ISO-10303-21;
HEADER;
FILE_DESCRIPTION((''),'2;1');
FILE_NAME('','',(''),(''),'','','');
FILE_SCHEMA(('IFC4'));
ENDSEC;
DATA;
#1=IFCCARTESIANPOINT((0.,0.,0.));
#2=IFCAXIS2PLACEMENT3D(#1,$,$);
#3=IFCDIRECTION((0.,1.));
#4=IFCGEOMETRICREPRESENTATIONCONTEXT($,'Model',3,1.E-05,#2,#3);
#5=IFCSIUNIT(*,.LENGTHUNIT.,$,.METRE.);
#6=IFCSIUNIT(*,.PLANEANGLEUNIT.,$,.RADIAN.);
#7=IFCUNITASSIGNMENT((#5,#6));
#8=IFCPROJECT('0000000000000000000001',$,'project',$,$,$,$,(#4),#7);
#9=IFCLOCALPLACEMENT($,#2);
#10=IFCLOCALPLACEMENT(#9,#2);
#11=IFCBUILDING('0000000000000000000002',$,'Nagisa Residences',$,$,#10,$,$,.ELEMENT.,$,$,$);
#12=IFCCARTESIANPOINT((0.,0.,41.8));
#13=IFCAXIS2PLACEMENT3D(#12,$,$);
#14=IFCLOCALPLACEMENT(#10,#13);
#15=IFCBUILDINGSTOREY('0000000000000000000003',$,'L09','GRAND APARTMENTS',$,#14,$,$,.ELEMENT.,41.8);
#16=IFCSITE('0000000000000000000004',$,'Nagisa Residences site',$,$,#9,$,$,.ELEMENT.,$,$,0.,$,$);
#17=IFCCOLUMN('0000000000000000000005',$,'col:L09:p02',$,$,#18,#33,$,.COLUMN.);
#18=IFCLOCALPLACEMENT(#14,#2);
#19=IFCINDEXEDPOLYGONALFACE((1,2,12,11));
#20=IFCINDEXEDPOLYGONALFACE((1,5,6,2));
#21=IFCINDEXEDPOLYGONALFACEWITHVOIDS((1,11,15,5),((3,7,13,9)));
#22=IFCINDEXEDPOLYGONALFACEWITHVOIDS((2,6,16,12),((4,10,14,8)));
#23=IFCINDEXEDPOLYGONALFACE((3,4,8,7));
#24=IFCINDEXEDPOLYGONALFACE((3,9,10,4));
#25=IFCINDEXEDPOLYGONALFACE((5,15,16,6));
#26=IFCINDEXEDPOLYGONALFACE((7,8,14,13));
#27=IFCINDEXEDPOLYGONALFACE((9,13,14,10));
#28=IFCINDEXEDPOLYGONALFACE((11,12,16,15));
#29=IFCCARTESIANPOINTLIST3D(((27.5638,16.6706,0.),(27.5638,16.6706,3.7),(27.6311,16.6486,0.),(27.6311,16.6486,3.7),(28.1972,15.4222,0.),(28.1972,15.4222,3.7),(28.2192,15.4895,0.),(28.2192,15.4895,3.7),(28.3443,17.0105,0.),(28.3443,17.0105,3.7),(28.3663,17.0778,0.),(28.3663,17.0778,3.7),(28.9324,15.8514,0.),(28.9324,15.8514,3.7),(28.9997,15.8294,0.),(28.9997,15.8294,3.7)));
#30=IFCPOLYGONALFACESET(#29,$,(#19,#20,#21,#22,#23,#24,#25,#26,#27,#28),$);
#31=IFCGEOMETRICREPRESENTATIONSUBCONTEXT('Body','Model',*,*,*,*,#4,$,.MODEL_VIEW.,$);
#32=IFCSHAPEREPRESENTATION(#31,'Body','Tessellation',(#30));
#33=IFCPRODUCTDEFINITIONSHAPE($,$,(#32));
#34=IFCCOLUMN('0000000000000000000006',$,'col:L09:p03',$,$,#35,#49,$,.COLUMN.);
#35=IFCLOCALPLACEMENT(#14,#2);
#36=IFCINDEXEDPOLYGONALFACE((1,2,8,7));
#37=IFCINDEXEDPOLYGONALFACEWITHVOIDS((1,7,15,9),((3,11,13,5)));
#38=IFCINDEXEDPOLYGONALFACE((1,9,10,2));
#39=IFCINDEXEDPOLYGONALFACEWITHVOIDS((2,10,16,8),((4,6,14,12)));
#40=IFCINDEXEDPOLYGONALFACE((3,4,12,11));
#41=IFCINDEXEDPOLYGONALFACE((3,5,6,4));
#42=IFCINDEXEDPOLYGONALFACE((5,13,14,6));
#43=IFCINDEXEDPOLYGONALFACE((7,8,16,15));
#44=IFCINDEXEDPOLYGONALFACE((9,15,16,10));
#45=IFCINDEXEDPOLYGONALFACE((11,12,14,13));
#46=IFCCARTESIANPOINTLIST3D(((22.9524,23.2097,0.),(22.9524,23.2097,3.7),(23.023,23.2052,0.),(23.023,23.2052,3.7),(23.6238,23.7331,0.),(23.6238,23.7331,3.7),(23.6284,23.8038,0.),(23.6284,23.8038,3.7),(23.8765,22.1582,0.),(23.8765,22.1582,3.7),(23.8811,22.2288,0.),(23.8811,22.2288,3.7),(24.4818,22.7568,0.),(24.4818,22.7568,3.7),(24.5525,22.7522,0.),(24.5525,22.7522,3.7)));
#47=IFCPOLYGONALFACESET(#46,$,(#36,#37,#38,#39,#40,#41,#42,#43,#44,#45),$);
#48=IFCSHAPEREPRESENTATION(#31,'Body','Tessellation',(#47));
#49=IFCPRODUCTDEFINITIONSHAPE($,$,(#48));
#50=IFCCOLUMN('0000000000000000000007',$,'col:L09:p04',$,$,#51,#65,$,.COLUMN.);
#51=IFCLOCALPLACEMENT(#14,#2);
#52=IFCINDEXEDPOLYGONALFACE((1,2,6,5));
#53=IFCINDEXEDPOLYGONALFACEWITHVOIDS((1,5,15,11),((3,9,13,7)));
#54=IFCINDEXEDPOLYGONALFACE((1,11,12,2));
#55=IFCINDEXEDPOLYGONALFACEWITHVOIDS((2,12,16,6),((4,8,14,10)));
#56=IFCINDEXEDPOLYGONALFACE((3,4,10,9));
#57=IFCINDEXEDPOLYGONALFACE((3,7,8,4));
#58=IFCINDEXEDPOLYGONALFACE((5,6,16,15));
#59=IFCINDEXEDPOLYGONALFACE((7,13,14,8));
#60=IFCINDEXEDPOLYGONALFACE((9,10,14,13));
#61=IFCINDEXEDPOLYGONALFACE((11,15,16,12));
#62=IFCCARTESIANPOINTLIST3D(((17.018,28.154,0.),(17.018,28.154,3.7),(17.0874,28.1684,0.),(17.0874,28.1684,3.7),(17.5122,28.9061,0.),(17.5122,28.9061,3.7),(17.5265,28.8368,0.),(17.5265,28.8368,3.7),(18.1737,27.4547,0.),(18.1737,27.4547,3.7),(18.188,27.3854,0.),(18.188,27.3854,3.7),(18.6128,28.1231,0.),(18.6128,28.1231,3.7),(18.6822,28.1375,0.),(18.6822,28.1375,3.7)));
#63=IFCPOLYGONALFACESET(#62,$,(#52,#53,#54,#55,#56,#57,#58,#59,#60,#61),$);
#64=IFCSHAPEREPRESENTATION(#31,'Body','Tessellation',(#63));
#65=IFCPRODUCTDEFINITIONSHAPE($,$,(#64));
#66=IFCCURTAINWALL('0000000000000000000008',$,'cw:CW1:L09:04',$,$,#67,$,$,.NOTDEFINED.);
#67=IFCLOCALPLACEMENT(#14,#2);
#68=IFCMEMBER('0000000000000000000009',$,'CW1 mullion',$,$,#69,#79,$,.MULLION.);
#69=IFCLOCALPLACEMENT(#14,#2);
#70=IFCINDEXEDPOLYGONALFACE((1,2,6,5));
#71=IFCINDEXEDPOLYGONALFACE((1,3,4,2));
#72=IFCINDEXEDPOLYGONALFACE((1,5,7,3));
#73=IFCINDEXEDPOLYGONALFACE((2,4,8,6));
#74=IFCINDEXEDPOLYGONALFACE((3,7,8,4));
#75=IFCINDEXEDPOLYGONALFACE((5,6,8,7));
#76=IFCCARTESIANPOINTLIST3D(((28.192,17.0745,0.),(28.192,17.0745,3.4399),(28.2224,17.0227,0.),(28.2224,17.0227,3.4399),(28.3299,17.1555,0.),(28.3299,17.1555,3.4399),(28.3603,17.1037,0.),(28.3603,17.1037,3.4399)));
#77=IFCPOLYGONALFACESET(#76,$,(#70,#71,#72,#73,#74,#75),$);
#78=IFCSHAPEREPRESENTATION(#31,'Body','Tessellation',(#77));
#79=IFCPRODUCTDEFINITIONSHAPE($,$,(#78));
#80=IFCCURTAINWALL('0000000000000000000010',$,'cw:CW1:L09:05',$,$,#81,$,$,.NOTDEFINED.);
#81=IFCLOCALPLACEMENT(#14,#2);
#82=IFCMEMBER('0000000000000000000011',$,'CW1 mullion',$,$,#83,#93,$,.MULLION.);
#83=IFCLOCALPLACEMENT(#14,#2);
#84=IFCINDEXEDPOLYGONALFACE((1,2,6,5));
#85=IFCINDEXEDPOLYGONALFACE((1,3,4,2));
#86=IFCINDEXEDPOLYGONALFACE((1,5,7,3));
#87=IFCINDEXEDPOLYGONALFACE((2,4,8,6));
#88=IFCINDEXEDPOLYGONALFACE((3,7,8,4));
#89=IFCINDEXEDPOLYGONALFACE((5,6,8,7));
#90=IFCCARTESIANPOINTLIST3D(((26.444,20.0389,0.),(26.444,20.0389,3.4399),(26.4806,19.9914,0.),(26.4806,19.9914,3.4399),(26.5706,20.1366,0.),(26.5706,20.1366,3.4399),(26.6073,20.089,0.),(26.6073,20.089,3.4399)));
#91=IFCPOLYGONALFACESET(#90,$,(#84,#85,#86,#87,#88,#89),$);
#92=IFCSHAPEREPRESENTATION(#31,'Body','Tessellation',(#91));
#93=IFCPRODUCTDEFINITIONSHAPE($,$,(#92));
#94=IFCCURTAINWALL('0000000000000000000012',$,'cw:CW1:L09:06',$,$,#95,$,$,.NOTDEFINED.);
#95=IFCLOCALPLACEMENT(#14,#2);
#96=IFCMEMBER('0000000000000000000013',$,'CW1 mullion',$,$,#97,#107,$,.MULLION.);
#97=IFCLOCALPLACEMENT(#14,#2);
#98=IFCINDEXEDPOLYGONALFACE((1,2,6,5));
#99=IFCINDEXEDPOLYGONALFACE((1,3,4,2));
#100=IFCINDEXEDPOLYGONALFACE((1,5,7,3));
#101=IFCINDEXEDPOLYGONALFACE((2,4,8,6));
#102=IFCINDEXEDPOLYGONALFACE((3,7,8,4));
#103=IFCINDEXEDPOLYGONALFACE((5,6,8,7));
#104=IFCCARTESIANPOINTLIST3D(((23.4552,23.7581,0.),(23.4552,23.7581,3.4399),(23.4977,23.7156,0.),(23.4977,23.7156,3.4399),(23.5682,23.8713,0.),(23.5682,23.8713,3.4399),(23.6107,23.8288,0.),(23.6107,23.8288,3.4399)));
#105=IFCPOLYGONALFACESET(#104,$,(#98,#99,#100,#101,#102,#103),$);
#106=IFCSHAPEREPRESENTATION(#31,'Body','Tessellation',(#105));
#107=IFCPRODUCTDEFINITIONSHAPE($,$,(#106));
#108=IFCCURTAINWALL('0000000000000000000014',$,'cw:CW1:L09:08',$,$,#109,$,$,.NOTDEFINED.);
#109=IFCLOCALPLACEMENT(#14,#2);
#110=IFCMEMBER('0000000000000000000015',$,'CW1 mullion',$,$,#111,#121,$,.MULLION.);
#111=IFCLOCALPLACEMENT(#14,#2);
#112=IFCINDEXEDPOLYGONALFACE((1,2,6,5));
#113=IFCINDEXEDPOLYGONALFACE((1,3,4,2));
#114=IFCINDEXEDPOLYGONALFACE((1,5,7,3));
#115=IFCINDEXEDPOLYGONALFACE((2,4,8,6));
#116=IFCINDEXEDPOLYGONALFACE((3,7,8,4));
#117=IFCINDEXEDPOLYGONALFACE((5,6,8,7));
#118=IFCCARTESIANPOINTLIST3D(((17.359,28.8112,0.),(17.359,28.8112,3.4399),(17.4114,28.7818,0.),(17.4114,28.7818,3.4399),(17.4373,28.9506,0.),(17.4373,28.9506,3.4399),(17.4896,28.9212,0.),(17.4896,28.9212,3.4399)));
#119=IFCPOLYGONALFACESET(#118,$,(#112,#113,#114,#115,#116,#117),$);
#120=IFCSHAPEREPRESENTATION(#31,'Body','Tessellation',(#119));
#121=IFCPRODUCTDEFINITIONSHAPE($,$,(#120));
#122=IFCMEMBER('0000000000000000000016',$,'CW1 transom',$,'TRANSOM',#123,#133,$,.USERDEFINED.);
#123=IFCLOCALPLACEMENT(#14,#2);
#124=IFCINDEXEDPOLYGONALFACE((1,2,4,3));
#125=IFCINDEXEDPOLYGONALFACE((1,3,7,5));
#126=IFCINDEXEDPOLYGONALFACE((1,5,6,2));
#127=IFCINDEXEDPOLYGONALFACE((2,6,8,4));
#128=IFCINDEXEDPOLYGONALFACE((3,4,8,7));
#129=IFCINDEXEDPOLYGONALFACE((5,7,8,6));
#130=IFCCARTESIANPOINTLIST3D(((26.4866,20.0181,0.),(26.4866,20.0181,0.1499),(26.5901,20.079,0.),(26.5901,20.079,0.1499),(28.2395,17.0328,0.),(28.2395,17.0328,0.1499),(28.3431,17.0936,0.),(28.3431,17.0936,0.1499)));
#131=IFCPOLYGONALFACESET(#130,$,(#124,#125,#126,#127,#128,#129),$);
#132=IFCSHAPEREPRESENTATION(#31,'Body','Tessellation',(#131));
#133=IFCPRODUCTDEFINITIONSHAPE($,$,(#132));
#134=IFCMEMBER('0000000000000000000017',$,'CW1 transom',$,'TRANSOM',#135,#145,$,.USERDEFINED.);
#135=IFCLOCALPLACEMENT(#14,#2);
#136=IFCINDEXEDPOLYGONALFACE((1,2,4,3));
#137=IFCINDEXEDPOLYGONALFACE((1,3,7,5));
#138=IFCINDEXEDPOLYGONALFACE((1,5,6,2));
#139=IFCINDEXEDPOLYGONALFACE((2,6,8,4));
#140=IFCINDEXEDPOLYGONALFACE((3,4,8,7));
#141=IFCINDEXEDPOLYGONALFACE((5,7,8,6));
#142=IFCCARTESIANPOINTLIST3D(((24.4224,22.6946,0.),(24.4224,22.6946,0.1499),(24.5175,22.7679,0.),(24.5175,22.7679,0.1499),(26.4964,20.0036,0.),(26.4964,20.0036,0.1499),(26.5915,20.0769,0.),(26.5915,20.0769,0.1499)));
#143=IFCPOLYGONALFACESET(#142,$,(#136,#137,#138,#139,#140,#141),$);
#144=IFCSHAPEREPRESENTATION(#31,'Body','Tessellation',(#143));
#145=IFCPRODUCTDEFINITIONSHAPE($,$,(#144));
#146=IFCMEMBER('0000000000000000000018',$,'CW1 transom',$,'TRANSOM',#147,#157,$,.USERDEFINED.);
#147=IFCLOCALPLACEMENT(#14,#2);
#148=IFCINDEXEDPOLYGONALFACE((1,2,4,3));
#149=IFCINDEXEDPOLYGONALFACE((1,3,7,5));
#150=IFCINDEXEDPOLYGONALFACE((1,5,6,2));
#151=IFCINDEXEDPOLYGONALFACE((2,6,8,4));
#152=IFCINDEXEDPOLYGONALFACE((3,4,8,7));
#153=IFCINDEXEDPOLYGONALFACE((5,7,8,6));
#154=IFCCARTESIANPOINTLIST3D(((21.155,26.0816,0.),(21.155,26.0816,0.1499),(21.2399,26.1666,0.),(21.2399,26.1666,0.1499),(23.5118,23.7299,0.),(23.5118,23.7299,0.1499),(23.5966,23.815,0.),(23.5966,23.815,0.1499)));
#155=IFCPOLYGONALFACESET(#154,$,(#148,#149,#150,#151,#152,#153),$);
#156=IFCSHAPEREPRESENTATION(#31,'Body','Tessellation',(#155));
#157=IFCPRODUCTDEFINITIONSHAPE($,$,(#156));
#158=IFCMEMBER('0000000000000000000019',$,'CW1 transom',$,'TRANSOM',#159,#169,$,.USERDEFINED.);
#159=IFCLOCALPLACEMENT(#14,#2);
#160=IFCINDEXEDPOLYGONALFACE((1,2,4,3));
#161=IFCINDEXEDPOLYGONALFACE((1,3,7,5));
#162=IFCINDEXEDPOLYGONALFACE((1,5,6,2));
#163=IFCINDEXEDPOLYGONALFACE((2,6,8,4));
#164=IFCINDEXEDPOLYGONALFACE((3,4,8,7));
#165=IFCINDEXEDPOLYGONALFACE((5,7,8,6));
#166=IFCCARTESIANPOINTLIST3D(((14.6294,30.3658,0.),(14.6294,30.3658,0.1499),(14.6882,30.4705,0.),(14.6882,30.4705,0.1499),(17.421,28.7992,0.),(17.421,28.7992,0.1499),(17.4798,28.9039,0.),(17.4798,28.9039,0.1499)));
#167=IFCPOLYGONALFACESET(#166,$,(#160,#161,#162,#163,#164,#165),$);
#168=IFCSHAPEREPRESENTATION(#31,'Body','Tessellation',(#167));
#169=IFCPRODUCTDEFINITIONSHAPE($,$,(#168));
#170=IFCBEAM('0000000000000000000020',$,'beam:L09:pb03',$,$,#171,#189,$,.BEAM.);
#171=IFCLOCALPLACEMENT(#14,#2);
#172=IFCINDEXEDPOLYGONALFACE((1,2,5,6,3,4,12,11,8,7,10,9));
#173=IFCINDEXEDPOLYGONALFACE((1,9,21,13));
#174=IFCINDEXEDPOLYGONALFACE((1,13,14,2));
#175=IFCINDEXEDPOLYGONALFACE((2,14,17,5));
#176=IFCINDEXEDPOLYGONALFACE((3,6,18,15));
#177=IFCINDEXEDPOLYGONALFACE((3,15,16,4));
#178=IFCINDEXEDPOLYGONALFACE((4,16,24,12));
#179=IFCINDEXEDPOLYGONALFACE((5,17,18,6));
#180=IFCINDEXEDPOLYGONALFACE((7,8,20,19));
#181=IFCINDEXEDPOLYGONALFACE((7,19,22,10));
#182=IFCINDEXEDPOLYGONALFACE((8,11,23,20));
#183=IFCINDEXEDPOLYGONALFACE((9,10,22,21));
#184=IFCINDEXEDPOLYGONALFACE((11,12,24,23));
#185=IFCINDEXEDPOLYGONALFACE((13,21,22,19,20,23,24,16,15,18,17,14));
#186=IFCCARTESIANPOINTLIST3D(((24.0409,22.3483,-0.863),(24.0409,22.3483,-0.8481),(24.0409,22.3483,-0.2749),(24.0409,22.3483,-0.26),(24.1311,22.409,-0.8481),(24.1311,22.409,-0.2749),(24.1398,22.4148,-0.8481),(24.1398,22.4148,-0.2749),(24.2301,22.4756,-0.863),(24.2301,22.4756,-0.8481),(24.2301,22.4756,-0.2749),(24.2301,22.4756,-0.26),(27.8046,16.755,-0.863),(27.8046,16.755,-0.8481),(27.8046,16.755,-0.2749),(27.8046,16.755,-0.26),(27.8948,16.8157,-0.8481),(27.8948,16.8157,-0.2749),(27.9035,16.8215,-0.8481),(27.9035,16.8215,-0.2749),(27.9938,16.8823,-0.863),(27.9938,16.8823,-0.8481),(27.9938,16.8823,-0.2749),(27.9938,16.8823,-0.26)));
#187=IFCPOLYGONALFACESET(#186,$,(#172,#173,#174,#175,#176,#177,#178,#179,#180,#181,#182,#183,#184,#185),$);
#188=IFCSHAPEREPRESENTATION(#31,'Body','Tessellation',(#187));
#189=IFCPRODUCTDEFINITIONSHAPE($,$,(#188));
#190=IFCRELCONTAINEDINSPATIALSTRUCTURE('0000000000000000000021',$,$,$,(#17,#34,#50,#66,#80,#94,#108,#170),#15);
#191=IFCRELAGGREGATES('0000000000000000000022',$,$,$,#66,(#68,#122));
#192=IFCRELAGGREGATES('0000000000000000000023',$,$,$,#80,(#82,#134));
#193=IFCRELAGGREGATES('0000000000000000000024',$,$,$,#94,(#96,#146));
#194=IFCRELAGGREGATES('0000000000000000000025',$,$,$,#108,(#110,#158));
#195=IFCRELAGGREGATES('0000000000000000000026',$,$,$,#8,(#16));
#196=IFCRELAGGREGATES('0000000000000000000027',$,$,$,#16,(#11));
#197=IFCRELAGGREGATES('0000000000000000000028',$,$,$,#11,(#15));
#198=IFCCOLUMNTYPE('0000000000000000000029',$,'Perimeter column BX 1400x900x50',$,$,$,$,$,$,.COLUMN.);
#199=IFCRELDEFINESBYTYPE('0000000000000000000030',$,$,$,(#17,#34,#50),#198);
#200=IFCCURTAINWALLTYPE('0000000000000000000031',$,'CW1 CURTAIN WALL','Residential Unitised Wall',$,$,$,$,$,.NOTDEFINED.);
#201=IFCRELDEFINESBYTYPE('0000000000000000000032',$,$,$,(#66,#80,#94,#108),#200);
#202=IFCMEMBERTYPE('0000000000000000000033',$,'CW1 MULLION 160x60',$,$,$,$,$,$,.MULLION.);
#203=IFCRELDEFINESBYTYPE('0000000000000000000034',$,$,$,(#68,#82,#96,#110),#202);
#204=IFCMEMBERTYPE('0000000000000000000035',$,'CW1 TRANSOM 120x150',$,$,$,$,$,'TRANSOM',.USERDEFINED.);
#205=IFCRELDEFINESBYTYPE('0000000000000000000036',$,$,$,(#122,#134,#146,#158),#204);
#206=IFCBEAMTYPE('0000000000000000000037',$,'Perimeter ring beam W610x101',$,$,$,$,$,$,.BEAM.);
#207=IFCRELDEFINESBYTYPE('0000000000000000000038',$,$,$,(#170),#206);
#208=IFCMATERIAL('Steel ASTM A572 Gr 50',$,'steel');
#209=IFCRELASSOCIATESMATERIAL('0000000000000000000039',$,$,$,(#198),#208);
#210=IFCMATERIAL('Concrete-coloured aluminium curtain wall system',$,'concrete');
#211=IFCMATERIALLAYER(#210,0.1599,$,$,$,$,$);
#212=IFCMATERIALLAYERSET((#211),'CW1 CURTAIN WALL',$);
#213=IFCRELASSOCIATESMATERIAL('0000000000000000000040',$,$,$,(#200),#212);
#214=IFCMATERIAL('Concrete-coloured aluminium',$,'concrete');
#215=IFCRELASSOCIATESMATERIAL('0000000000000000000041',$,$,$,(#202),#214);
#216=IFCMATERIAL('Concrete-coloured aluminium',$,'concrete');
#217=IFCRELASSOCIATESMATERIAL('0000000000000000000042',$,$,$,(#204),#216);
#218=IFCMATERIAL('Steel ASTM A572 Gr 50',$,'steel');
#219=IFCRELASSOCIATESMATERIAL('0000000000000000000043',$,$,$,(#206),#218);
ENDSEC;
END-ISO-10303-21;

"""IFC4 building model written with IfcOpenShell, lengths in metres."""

from ifc_helpers import new_model, si_unit, direction, frame, origin, origin_2d, place, context, subcontext, project, spatial, rectangle, hollow_rectangle, i_section, extrude, material, layer, layer_set, material_profile, profile_set, type_object, element, aggregate, save


model = new_model("IFC4")

# Units and contexts
model_context = context("Model", 3, precision=1e-05, world=origin(), true_north=direction((0.0, 1.0)))
body_context = subcontext(model_context, "Body", "Model", "MODEL_VIEW")
ifc_project = project(units=[si_unit("LENGTHUNIT", "METRE"), si_unit("PLANEANGLEUNIT", "RADIAN")], contexts=[model_context])

# Site, building, storey
site_placement = place(None, origin())
site = spatial("IfcSite", under=ifc_project, at=site_placement, Name="Nagisa Residences site", CompositionType="ELEMENT", RefElevation=0.0)
building_placement = place(site_placement, origin())
building = spatial("IfcBuilding", under=site, at=building_placement, Name="Nagisa Residences", CompositionType="ELEMENT")
storey_placement = place(building_placement, frame((0.0, 0.0, 41.8)))
storey = spatial("IfcBuildingStorey", under=building, at=storey_placement, Name="L09", Description="GRAND APARTMENTS", CompositionType="ELEMENT", Elevation=41.8)

# Columns
ifc_material_1 = material(Name="Steel ASTM A572 Gr 50", Category="steel")
ifc_material_profile_1 = material_profile(ifc_material_1, hollow_rectangle(XDim=1.3999, YDim=0.8999, WallThickness=0.05, at=origin_2d()), Name="BX 1400x900x50")
ifc_profile_set_1 = profile_set([ifc_material_profile_1], Name="Steel ASTM A572 Gr 50")
column_type = type_object("IfcColumnType", Name="Perimeter column BX 1400x900x50", PredefinedType="COLUMN", material=ifc_profile_set_1)
for number, where, z_axis, x_axis, name in (
    (1, (28.2817, 16.25, 0.0), (0.0, 0.0, 1.0), (-0.452463, 0.891783, 0.0), "col:L09:p02"),
    (2, (23.7524, 22.981, 0.0), (0.0, 0.0, 1.0), (-0.660115, 0.751165, 0.0), "col:L09:p03"),
    (3, (17.8501, 28.1458, 0.0), (0.0, 0.0, 1.0), (-0.835766, 0.549086, 0.0), "col:L09:p04"),
):
    element("IfcColumn", number, at=place(storey_placement, frame(where, z_axis=z_axis, x_axis=x_axis)), inside=storey, type_object=column_type, Name=name, PredefinedType="COLUMN", context=body_context, shape_type="SweptSolid", body=[
        extrude(hollow_rectangle(XDim=1.3999, YDim=0.8999, WallThickness=0.05, at=origin_2d()), origin(), (0.0, 0.0, 1.0), 3.7),
    ])

# Curtain walls, members
ifc_material_2 = material(Name="Concrete-coloured aluminium curtain wall system", Category="concrete")
ifc_layer_1 = layer(ifc_material_2, 0.1599)
ifc_layer_set_1 = layer_set([ifc_layer_1], Name="CW1 CURTAIN WALL")
curtain_wall_type = type_object("IfcCurtainWallType", Name="CW1 CURTAIN WALL", Description="Residential Unitised Wall", PredefinedType="NOTDEFINED", material=ifc_layer_set_1)
curtain_wall_1_placement = place(storey_placement, origin())
curtain_wall_1 = element("IfcCurtainWall", 4, at=curtain_wall_1_placement, inside=storey, type_object=curtain_wall_type, Name="cw:CW1:L09:04", PredefinedType="NOTDEFINED")
ifc_material_3 = material(Name="Concrete-coloured aluminium", Category="concrete")
ifc_material_profile_2 = material_profile(ifc_material_3, rectangle(XDim=0.1599, YDim=0.0601, at=origin_2d()), Name="CW1 MULLION 160x60")
ifc_profile_set_2 = profile_set([ifc_material_profile_2], Name="Concrete-coloured aluminium")
member_type_1 = type_object("IfcMemberType", Name="CW1 MULLION 160x60", PredefinedType="MULLION", material=ifc_profile_set_2)
member_1_placement = place(storey_placement, frame((28.2761, 17.0891, 0.0), z_axis=(0.0, 0.0, 1.0), x_axis=(-0.862329, -0.506349, 0.0)))
member_1 = element("IfcMember", 5, at=member_1_placement, type_object=member_type_1, Name="CW1 mullion", PredefinedType="MULLION", context=body_context, shape_type="SweptSolid", body=[
    extrude(rectangle(XDim=0.1599, YDim=0.0601, at=origin_2d()), origin(), (0.0, 0.0, 1.0), 3.4399),
])
curtain_wall_2_placement = place(storey_placement, origin())
curtain_wall_2 = element("IfcCurtainWall", 6, at=curtain_wall_2_placement, inside=storey, type_object=curtain_wall_type, Name="cw:CW1:L09:05", PredefinedType="NOTDEFINED")
member_2_placement = place(storey_placement, frame((26.5256, 20.064, 0.0), z_axis=(0.0, 0.0, 1.0), x_axis=(-0.79207, -0.61043, 0.0)))
member_2 = element("IfcMember", 7, at=member_2_placement, type_object=member_type_1, Name="CW1 mullion", PredefinedType="MULLION", context=body_context, shape_type="SweptSolid", body=[
    extrude(rectangle(XDim=0.1599, YDim=0.0601, at=origin_2d()), origin(), (0.0, 0.0, 1.0), 3.4399),
])
curtain_wall_3_placement = place(storey_placement, origin())
curtain_wall_3 = element("IfcCurtainWall", 8, at=curtain_wall_3_placement, inside=storey, type_object=curtain_wall_type, Name="cw:CW1:L09:06", PredefinedType="NOTDEFINED")
member_3_placement = place(storey_placement, frame((23.533, 23.7935, 0.0), z_axis=(0.0, 0.0, 1.0), x_axis=(-0.706377, -0.707836, 0.0)))
member_3 = element("IfcMember", 9, at=member_3_placement, type_object=member_type_1, Name="CW1 mullion", PredefinedType="MULLION", context=body_context, shape_type="SweptSolid", body=[
    extrude(rectangle(XDim=0.1599, YDim=0.0601, at=origin_2d()), origin(), (0.0, 0.0, 1.0), 3.4399),
])
curtain_wall_4_placement = place(storey_placement, origin())
curtain_wall_4 = element("IfcCurtainWall", 10, at=curtain_wall_4_placement, inside=storey, type_object=curtain_wall_type, Name="cw:CW1:L09:08", PredefinedType="NOTDEFINED")
member_4_placement = place(storey_placement, frame((17.4243, 28.8662, 0.0), z_axis=(0.0, 0.0, 1.0), x_axis=(-0.489377, -0.872072, 0.0)))
member_4 = element("IfcMember", 11, at=member_4_placement, type_object=member_type_1, Name="CW1 mullion", PredefinedType="MULLION", context=body_context, shape_type="SweptSolid", body=[
    extrude(rectangle(XDim=0.1599, YDim=0.0601, at=origin_2d()), origin(), (0.0, 0.0, 1.0), 3.4399),
])

# Members
ifc_material_4 = material(Name="Concrete-coloured aluminium", Category="concrete")
ifc_material_profile_3 = material_profile(ifc_material_4, rectangle(XDim=0.1201, YDim=0.1499, at=origin_2d()), Name="CW1 TRANSOM 120x150")
ifc_profile_set_3 = profile_set([ifc_material_profile_3], Name="Concrete-coloured aluminium")
member_type_2 = type_object("IfcMemberType", Name="CW1 TRANSOM 120x150", ElementType="TRANSOM", PredefinedType="USERDEFINED", material=ifc_profile_set_3)
member_5_placement = place(storey_placement, frame((28.2913, 17.0632, 0.075), z_axis=(-0.506342, 0.862333, 0.0), x_axis=(-0.862333, -0.506342, 0.0)))
member_5 = element("IfcMember", 12, at=member_5_placement, type_object=member_type_2, Name="CW1 transom", ObjectType="TRANSOM", PredefinedType="USERDEFINED", context=body_context, shape_type="SweptSolid", body=[
    extrude(rectangle(XDim=0.1201, YDim=0.1499, at=origin_2d()), origin(), (0.0, 0.0, 1.0), 3.4619),
])
member_6_placement = place(storey_placement, frame((26.5439, 20.0403, 0.075), z_axis=(-0.610457, 0.792049, 0.0), x_axis=(-0.792049, -0.610457, 0.0)))
member_6 = element("IfcMember", 13, at=member_6_placement, type_object=member_type_2, Name="CW1 transom", ObjectType="TRANSOM", PredefinedType="USERDEFINED", context=body_context, shape_type="SweptSolid", body=[
    extrude(rectangle(XDim=0.1201, YDim=0.1499, at=origin_2d()), origin(), (0.0, 0.0, 1.0), 3.3975),
])
member_7_placement = place(storey_placement, frame((23.5542, 23.7725, 0.075), z_axis=(-0.707876, 0.706336, 0.0), x_axis=(-0.706336, -0.707876, 0.0)))
member_7 = element("IfcMember", 14, at=member_7_placement, type_object=member_type_2, Name="CW1 transom", ObjectType="TRANSOM", PredefinedType="USERDEFINED", context=body_context, shape_type="SweptSolid", body=[
    extrude(rectangle(XDim=0.1201, YDim=0.1499, at=origin_2d()), origin(), (0.0, 0.0, 1.0), 3.3293),
])
member_8_placement = place(storey_placement, frame((17.4504, 28.8516, 0.075), z_axis=(-0.87207, 0.489381, 0.0), x_axis=(-0.489381, -0.87207, 0.0)))
member_8 = element("IfcMember", 15, at=member_8_placement, type_object=member_type_2, Name="CW1 transom", ObjectType="TRANSOM", PredefinedType="USERDEFINED", context=body_context, shape_type="SweptSolid", body=[
    extrude(rectangle(XDim=0.1201, YDim=0.1499, at=origin_2d()), origin(), (0.0, 0.0, 1.0), 3.2012),
])

# Beam
ifc_material_5 = material(Name="Steel ASTM A572 Gr 50", Category="steel")
ifc_material_profile_4 = material_profile(ifc_material_5, i_section(OverallWidth=0.228, OverallDepth=0.603, WebThickness=0.0105, FlangeThickness=0.0149, at=origin_2d()), Name="W610x101")
ifc_profile_set_4 = profile_set([ifc_material_profile_4], Name="Steel ASTM A572 Gr 50")
beam_type_1 = type_object("IfcBeamType", Name="Perimeter ring beam W610x101", PredefinedType="BEAM", material=ifc_profile_set_4)
beam_1_placement = place(storey_placement, frame((27.8992, 16.8186, -0.5615), z_axis=(-0.558272, 0.829658, 0.0), x_axis=(-0.829658, -0.558272, 0.0)))
element("IfcBeam", 16, at=beam_1_placement, inside=storey, type_object=beam_type_1, Name="beam:L09:pb03", PredefinedType="BEAM", context=body_context, shape_type="SweptSolid", body=[
    extrude(i_section(OverallWidth=0.228, OverallDepth=0.603, WebThickness=0.0105, FlangeThickness=0.0149, at=origin_2d()), origin(), (0.0, 0.0, 1.0), 6.7417),
])

aggregate(curtain_wall_1, [member_1, member_5])
aggregate(curtain_wall_2, [member_2, member_6])
aggregate(curtain_wall_3, [member_3, member_7])
aggregate(curtain_wall_4, [member_4, member_8])

save(model, "model.ifc")
